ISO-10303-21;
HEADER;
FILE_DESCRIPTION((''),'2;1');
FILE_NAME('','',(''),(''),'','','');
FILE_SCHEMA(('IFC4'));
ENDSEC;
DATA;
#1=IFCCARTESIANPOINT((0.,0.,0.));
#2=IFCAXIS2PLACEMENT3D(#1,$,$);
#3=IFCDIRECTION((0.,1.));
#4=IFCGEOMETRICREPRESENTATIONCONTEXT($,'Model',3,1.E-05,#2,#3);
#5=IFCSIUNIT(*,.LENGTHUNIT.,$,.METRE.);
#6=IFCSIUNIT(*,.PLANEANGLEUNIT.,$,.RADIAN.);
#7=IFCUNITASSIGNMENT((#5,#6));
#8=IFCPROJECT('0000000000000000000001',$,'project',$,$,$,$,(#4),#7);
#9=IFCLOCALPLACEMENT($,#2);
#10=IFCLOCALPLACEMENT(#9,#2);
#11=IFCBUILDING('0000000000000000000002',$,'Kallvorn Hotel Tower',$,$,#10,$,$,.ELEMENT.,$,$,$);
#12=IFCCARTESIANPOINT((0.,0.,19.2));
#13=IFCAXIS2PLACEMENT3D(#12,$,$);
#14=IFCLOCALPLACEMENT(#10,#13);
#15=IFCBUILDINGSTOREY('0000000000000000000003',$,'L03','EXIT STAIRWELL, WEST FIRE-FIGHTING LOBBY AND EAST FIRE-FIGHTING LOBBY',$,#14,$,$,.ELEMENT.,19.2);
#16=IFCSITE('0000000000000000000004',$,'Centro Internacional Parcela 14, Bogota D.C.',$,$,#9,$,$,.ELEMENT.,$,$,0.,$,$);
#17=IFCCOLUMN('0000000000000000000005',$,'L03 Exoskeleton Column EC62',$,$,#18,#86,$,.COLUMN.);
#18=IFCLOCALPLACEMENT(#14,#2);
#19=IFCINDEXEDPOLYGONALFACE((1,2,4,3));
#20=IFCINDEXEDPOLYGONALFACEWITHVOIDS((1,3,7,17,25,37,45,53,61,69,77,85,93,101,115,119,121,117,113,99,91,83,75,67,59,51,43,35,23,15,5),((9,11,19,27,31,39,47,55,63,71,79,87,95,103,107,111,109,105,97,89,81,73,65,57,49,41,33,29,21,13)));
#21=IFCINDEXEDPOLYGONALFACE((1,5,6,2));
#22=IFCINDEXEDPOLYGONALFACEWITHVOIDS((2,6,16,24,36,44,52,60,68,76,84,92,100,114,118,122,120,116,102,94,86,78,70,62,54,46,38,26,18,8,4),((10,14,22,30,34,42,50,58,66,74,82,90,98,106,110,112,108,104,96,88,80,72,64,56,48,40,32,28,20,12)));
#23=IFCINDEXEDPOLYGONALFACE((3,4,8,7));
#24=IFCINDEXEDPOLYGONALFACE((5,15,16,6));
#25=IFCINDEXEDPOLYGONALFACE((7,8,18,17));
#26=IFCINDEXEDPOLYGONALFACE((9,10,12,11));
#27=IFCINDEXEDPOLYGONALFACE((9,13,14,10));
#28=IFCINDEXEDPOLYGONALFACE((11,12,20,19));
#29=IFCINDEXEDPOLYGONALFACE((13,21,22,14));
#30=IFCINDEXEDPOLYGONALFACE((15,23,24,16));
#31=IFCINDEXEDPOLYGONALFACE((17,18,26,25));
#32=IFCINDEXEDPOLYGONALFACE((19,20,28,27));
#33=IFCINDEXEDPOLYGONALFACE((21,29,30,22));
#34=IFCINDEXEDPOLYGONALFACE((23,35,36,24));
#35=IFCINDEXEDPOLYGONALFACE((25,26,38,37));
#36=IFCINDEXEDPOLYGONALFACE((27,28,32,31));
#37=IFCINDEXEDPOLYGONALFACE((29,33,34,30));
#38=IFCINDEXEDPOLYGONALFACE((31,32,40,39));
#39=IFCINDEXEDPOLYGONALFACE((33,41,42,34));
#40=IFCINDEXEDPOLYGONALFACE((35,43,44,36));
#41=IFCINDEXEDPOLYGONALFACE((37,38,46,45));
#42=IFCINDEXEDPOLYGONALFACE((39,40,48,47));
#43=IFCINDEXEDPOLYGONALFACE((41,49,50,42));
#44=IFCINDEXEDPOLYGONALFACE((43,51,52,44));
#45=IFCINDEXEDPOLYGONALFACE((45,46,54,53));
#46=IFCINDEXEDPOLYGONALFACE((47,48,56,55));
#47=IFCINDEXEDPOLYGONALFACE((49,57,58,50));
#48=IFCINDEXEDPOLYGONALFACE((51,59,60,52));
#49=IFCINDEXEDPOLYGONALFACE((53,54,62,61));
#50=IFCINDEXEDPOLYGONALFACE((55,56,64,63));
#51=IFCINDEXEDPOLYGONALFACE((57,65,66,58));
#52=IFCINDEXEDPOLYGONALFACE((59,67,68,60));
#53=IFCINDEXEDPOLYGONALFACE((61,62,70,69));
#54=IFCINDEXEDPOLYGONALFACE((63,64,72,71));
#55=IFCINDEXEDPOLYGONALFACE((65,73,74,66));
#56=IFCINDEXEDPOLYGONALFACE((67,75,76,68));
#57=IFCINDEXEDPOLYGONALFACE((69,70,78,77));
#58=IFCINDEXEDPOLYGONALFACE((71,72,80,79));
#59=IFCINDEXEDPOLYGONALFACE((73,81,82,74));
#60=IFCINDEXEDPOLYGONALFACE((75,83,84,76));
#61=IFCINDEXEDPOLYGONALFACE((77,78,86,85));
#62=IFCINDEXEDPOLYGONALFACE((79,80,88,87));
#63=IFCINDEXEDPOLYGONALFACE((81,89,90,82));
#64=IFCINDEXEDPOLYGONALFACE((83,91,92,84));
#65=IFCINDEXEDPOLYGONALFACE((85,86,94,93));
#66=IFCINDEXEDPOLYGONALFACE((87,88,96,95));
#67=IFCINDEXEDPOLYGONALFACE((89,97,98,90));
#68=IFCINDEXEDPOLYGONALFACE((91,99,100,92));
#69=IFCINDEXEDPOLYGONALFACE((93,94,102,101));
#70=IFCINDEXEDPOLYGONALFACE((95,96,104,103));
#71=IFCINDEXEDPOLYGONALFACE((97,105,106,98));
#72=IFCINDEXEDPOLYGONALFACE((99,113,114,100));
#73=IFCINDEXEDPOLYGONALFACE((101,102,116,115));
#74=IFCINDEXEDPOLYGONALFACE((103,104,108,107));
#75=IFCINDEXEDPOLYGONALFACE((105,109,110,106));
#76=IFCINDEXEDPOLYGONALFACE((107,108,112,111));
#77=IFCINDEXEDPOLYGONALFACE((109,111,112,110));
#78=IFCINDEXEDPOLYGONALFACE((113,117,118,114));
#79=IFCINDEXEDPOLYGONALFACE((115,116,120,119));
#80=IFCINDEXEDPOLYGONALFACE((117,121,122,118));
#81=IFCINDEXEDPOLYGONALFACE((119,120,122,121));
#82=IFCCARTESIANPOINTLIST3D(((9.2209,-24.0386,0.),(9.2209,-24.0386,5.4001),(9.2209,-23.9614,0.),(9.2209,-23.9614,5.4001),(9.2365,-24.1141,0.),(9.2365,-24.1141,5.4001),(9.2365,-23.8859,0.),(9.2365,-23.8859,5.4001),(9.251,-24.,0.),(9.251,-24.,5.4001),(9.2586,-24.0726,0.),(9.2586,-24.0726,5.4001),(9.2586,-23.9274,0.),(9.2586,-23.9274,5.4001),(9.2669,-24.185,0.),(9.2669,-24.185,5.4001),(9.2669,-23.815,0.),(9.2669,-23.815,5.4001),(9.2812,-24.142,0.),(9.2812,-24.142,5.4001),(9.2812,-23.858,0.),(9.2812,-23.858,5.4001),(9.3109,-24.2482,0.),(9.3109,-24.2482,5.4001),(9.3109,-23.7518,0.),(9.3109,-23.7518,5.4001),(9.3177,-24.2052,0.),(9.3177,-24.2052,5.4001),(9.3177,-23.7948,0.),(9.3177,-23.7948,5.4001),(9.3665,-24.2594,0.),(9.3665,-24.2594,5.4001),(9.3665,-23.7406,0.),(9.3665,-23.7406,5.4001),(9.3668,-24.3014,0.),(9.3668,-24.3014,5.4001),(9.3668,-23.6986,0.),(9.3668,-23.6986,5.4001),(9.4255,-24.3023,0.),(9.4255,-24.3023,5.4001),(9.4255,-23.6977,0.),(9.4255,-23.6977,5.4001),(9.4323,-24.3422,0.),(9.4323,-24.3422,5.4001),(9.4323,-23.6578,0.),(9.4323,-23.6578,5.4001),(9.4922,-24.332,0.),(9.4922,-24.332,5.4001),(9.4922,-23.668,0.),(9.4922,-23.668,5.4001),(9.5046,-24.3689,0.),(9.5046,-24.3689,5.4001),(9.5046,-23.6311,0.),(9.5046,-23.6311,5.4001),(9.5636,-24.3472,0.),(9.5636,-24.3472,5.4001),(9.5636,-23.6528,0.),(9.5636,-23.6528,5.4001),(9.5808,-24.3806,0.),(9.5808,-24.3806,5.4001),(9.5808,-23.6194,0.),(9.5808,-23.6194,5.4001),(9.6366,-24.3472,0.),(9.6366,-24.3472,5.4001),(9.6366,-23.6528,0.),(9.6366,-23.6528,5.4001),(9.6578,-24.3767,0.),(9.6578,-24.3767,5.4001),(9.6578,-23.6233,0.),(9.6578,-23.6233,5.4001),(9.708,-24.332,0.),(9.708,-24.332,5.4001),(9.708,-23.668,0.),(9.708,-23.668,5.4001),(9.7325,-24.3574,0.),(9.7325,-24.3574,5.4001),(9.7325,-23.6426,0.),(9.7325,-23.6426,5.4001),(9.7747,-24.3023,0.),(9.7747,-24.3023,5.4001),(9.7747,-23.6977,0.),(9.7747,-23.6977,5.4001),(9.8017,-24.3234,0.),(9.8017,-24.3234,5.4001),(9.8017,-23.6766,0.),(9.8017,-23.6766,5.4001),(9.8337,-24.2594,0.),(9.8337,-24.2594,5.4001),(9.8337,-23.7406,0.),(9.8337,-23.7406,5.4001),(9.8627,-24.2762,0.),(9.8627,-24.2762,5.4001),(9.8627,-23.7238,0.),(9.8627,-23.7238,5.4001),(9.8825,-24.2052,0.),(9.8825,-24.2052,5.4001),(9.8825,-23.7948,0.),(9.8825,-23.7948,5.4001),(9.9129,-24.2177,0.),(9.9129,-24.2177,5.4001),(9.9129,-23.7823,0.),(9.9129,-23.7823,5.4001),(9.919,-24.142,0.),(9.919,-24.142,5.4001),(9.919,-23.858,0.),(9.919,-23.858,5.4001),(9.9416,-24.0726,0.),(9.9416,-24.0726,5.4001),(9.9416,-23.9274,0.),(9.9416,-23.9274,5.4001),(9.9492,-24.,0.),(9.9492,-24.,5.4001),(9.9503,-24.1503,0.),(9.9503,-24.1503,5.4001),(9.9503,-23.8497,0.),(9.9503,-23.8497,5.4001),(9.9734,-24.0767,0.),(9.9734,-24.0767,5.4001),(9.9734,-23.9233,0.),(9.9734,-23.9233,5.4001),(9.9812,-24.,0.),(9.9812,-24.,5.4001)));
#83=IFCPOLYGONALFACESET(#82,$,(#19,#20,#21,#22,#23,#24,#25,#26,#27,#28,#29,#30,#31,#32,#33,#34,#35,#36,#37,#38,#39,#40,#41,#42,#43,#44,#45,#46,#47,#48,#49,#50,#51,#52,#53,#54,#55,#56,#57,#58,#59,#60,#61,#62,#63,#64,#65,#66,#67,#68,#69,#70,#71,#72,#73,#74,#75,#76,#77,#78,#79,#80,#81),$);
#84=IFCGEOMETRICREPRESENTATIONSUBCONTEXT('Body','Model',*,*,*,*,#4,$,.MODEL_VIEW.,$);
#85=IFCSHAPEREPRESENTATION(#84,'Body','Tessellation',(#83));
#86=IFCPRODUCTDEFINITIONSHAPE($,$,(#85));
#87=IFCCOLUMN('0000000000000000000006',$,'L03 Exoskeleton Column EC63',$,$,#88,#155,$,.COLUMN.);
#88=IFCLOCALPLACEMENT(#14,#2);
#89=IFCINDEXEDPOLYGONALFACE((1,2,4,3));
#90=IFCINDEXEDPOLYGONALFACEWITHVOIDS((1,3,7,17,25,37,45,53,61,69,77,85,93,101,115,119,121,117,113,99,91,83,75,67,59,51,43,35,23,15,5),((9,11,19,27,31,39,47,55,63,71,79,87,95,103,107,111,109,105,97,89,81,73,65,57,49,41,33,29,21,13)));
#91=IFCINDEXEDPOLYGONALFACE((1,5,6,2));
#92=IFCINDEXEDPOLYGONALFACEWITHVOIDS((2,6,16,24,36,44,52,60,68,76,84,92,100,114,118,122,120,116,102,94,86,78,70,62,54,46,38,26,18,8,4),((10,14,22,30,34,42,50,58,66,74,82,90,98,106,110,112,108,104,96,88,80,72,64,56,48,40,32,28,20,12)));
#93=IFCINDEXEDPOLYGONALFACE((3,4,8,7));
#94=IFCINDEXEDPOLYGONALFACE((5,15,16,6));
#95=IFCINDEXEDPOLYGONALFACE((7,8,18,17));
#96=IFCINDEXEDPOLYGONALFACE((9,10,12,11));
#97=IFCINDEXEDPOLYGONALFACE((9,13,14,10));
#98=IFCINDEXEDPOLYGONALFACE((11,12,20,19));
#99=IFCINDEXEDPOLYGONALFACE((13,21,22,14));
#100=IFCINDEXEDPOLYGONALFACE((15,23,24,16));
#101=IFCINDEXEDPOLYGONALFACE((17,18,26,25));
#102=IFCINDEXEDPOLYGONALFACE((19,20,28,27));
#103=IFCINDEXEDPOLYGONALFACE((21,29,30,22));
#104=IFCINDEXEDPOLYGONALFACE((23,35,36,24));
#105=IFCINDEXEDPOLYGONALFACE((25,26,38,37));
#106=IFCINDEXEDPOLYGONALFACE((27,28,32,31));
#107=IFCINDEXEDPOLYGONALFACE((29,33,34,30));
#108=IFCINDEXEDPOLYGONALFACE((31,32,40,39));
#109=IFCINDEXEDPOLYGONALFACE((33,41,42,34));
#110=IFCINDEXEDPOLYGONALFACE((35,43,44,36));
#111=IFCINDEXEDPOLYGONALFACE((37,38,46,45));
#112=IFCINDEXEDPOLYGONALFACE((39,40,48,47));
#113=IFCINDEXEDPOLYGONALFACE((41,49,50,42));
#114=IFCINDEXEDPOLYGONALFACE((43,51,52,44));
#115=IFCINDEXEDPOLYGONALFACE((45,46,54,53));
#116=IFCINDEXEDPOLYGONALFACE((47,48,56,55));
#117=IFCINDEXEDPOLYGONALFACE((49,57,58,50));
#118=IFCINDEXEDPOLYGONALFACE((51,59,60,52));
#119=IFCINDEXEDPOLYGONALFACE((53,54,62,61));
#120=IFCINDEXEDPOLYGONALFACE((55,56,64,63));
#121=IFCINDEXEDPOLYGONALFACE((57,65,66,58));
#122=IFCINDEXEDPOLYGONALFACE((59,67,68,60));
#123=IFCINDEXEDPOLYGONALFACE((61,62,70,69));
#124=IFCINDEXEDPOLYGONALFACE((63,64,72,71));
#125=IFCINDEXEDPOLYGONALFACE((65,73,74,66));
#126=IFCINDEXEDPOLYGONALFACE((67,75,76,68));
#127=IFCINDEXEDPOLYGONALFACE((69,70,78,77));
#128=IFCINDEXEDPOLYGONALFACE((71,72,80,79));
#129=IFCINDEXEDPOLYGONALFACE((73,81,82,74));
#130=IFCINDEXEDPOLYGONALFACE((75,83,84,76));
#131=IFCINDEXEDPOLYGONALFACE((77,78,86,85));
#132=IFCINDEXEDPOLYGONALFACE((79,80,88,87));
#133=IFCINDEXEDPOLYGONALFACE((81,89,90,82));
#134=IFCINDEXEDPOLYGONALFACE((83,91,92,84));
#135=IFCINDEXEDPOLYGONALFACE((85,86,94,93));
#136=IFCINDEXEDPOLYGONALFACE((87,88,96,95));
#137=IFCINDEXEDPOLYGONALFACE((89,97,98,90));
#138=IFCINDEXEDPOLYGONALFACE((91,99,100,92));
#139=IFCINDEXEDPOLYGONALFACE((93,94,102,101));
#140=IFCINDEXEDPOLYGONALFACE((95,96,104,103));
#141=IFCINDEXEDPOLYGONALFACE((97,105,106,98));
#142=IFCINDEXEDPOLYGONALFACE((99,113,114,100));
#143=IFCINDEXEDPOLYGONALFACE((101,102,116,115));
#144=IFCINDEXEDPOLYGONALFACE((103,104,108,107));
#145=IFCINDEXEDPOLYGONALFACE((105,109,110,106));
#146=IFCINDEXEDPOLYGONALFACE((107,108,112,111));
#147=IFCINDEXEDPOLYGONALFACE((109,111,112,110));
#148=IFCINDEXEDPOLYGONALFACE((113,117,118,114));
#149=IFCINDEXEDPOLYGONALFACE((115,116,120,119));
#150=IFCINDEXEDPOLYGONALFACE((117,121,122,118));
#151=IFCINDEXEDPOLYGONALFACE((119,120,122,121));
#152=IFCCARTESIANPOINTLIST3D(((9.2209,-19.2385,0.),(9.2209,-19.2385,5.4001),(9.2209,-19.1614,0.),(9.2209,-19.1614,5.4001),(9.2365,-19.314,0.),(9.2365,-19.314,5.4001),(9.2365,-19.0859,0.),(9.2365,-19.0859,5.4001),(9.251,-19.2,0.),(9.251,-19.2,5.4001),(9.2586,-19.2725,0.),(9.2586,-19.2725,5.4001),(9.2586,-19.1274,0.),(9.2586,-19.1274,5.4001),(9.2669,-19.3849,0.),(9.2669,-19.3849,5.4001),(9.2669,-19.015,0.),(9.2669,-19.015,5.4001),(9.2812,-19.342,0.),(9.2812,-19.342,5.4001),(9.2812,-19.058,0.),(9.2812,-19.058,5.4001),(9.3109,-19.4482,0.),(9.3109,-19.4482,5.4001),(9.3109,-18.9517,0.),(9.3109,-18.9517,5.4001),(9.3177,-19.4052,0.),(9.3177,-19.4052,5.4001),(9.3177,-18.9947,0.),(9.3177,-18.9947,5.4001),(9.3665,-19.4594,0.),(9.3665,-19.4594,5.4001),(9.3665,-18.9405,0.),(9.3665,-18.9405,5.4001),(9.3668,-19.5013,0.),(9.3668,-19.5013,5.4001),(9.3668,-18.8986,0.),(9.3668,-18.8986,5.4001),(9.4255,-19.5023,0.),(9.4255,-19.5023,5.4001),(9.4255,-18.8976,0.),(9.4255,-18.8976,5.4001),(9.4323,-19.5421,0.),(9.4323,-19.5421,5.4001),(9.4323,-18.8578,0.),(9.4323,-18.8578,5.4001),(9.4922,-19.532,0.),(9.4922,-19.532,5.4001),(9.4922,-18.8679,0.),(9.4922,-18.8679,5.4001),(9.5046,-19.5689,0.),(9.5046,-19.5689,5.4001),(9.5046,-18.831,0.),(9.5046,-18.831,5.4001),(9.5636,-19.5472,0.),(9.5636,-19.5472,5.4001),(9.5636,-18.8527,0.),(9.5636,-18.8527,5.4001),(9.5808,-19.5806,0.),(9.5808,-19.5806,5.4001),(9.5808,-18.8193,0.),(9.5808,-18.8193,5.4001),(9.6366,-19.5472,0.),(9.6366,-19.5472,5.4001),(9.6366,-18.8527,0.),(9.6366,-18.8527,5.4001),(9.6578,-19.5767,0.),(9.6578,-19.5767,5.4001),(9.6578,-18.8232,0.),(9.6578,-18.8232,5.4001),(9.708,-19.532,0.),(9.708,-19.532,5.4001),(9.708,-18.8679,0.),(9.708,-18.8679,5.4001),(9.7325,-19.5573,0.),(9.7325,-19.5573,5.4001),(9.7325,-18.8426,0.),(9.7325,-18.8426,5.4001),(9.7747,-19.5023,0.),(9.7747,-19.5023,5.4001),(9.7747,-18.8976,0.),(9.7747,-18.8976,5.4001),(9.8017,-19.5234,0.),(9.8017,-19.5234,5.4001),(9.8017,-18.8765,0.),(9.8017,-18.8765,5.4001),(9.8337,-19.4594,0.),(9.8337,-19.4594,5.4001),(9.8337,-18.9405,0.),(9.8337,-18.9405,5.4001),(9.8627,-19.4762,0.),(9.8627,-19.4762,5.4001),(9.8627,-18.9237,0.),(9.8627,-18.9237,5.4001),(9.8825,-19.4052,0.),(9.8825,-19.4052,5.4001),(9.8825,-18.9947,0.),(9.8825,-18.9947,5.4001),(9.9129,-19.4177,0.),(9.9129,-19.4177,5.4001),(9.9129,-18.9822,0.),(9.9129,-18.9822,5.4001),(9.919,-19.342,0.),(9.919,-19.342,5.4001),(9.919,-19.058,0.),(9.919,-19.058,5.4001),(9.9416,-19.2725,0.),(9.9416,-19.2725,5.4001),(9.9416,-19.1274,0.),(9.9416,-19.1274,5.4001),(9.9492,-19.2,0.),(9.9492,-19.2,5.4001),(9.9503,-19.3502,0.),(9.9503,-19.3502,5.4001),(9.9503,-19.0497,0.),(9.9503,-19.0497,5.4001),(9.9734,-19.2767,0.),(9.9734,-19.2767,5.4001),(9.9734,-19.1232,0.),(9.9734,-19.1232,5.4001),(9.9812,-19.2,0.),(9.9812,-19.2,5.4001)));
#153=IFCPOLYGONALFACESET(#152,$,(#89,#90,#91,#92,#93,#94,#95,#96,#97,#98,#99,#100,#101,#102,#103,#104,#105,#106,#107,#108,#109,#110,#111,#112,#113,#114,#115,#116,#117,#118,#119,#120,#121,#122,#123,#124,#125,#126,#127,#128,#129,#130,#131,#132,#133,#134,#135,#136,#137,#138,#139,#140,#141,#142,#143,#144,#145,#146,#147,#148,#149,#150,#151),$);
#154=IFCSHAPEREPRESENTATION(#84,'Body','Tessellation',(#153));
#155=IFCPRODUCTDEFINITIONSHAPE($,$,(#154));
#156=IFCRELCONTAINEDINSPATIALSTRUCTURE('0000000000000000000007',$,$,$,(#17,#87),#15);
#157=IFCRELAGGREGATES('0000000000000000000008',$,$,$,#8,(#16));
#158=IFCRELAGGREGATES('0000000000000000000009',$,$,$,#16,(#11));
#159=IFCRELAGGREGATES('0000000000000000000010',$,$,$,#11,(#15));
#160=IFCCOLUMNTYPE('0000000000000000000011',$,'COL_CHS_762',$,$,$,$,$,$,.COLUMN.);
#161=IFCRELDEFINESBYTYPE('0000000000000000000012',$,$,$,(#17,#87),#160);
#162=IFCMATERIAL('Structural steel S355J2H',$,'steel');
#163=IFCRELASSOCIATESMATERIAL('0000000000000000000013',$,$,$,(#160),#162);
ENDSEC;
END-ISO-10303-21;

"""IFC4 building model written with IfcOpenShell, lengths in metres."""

from ifc_helpers import new_model, si_unit, direction, frame, origin, origin_2d, place, context, subcontext, project, spatial, hollow_circle, extrude, material, material_profile, profile_set, type_object, element, save


model = new_model("IFC4")

# Units and contexts
model_context = context("Model", 3, precision=1e-05, world=origin(), true_north=direction((0.0, 1.0)))
body_context = subcontext(model_context, "Body", "Model", "MODEL_VIEW")
ifc_project = project(units=[si_unit("LENGTHUNIT", "METRE"), si_unit("PLANEANGLEUNIT", "RADIAN")], contexts=[model_context])

# Site, building, storey
site_placement = place(None, origin())
site = spatial("IfcSite", under=ifc_project, at=site_placement, Name="Centro Internacional Parcela 14, Bogota D.C.", CompositionType="ELEMENT", RefElevation=0.0)
building_placement = place(site_placement, origin())
building = spatial("IfcBuilding", under=site, at=building_placement, Name="Kallvorn Hotel Tower", CompositionType="ELEMENT")
storey_placement = place(building_placement, frame((0.0, 0.0, 19.2)))
storey = spatial("IfcBuildingStorey", under=building, at=storey_placement, Name="L03", Description="EXIT STAIRWELL, WEST FIRE-FIGHTING LOBBY AND EAST FIRE-FIGHTING LOBBY", CompositionType="ELEMENT", Elevation=19.2)

# Columns
ifc_material_1 = material(Name="Structural steel S355J2H", Category="steel")
ifc_material_profile_1 = material_profile(ifc_material_1, hollow_circle(Radius=0.3811, WallThickness=0.032, at=origin_2d()), Name="CHS 762x32")
ifc_profile_set_1 = profile_set([ifc_material_profile_1], Name="Structural steel S355J2H")
column_type_1 = type_object("IfcColumnType", Name="COL_CHS_762", PredefinedType="COLUMN", material=ifc_profile_set_1)
for number, where, z_axis, x_axis, name in (
    (1, (9.6001, -24.0, 0.0), (0.0, 0.0, 1.0), (1.0, 0.0, 0.0), "L03 Exoskeleton Column EC62"),
    (2, (9.6001, -19.2, 0.0), (0.0, 0.0, 1.0), (1.0, 0.0, 0.0), "L03 Exoskeleton Column EC63"),
):
    element("IfcColumn", number, at=place(storey_placement, frame(where, z_axis=z_axis, x_axis=x_axis)), inside=storey, type_object=column_type_1, Name=name, PredefinedType="COLUMN", context=body_context, shape_type="SweptSolid", body=[
        extrude(hollow_circle(Radius=0.3811, WallThickness=0.032, at=origin_2d()), origin(), (0.0, 0.0, 1.0), 5.4001),
    ])

save(model, "model.ifc")
